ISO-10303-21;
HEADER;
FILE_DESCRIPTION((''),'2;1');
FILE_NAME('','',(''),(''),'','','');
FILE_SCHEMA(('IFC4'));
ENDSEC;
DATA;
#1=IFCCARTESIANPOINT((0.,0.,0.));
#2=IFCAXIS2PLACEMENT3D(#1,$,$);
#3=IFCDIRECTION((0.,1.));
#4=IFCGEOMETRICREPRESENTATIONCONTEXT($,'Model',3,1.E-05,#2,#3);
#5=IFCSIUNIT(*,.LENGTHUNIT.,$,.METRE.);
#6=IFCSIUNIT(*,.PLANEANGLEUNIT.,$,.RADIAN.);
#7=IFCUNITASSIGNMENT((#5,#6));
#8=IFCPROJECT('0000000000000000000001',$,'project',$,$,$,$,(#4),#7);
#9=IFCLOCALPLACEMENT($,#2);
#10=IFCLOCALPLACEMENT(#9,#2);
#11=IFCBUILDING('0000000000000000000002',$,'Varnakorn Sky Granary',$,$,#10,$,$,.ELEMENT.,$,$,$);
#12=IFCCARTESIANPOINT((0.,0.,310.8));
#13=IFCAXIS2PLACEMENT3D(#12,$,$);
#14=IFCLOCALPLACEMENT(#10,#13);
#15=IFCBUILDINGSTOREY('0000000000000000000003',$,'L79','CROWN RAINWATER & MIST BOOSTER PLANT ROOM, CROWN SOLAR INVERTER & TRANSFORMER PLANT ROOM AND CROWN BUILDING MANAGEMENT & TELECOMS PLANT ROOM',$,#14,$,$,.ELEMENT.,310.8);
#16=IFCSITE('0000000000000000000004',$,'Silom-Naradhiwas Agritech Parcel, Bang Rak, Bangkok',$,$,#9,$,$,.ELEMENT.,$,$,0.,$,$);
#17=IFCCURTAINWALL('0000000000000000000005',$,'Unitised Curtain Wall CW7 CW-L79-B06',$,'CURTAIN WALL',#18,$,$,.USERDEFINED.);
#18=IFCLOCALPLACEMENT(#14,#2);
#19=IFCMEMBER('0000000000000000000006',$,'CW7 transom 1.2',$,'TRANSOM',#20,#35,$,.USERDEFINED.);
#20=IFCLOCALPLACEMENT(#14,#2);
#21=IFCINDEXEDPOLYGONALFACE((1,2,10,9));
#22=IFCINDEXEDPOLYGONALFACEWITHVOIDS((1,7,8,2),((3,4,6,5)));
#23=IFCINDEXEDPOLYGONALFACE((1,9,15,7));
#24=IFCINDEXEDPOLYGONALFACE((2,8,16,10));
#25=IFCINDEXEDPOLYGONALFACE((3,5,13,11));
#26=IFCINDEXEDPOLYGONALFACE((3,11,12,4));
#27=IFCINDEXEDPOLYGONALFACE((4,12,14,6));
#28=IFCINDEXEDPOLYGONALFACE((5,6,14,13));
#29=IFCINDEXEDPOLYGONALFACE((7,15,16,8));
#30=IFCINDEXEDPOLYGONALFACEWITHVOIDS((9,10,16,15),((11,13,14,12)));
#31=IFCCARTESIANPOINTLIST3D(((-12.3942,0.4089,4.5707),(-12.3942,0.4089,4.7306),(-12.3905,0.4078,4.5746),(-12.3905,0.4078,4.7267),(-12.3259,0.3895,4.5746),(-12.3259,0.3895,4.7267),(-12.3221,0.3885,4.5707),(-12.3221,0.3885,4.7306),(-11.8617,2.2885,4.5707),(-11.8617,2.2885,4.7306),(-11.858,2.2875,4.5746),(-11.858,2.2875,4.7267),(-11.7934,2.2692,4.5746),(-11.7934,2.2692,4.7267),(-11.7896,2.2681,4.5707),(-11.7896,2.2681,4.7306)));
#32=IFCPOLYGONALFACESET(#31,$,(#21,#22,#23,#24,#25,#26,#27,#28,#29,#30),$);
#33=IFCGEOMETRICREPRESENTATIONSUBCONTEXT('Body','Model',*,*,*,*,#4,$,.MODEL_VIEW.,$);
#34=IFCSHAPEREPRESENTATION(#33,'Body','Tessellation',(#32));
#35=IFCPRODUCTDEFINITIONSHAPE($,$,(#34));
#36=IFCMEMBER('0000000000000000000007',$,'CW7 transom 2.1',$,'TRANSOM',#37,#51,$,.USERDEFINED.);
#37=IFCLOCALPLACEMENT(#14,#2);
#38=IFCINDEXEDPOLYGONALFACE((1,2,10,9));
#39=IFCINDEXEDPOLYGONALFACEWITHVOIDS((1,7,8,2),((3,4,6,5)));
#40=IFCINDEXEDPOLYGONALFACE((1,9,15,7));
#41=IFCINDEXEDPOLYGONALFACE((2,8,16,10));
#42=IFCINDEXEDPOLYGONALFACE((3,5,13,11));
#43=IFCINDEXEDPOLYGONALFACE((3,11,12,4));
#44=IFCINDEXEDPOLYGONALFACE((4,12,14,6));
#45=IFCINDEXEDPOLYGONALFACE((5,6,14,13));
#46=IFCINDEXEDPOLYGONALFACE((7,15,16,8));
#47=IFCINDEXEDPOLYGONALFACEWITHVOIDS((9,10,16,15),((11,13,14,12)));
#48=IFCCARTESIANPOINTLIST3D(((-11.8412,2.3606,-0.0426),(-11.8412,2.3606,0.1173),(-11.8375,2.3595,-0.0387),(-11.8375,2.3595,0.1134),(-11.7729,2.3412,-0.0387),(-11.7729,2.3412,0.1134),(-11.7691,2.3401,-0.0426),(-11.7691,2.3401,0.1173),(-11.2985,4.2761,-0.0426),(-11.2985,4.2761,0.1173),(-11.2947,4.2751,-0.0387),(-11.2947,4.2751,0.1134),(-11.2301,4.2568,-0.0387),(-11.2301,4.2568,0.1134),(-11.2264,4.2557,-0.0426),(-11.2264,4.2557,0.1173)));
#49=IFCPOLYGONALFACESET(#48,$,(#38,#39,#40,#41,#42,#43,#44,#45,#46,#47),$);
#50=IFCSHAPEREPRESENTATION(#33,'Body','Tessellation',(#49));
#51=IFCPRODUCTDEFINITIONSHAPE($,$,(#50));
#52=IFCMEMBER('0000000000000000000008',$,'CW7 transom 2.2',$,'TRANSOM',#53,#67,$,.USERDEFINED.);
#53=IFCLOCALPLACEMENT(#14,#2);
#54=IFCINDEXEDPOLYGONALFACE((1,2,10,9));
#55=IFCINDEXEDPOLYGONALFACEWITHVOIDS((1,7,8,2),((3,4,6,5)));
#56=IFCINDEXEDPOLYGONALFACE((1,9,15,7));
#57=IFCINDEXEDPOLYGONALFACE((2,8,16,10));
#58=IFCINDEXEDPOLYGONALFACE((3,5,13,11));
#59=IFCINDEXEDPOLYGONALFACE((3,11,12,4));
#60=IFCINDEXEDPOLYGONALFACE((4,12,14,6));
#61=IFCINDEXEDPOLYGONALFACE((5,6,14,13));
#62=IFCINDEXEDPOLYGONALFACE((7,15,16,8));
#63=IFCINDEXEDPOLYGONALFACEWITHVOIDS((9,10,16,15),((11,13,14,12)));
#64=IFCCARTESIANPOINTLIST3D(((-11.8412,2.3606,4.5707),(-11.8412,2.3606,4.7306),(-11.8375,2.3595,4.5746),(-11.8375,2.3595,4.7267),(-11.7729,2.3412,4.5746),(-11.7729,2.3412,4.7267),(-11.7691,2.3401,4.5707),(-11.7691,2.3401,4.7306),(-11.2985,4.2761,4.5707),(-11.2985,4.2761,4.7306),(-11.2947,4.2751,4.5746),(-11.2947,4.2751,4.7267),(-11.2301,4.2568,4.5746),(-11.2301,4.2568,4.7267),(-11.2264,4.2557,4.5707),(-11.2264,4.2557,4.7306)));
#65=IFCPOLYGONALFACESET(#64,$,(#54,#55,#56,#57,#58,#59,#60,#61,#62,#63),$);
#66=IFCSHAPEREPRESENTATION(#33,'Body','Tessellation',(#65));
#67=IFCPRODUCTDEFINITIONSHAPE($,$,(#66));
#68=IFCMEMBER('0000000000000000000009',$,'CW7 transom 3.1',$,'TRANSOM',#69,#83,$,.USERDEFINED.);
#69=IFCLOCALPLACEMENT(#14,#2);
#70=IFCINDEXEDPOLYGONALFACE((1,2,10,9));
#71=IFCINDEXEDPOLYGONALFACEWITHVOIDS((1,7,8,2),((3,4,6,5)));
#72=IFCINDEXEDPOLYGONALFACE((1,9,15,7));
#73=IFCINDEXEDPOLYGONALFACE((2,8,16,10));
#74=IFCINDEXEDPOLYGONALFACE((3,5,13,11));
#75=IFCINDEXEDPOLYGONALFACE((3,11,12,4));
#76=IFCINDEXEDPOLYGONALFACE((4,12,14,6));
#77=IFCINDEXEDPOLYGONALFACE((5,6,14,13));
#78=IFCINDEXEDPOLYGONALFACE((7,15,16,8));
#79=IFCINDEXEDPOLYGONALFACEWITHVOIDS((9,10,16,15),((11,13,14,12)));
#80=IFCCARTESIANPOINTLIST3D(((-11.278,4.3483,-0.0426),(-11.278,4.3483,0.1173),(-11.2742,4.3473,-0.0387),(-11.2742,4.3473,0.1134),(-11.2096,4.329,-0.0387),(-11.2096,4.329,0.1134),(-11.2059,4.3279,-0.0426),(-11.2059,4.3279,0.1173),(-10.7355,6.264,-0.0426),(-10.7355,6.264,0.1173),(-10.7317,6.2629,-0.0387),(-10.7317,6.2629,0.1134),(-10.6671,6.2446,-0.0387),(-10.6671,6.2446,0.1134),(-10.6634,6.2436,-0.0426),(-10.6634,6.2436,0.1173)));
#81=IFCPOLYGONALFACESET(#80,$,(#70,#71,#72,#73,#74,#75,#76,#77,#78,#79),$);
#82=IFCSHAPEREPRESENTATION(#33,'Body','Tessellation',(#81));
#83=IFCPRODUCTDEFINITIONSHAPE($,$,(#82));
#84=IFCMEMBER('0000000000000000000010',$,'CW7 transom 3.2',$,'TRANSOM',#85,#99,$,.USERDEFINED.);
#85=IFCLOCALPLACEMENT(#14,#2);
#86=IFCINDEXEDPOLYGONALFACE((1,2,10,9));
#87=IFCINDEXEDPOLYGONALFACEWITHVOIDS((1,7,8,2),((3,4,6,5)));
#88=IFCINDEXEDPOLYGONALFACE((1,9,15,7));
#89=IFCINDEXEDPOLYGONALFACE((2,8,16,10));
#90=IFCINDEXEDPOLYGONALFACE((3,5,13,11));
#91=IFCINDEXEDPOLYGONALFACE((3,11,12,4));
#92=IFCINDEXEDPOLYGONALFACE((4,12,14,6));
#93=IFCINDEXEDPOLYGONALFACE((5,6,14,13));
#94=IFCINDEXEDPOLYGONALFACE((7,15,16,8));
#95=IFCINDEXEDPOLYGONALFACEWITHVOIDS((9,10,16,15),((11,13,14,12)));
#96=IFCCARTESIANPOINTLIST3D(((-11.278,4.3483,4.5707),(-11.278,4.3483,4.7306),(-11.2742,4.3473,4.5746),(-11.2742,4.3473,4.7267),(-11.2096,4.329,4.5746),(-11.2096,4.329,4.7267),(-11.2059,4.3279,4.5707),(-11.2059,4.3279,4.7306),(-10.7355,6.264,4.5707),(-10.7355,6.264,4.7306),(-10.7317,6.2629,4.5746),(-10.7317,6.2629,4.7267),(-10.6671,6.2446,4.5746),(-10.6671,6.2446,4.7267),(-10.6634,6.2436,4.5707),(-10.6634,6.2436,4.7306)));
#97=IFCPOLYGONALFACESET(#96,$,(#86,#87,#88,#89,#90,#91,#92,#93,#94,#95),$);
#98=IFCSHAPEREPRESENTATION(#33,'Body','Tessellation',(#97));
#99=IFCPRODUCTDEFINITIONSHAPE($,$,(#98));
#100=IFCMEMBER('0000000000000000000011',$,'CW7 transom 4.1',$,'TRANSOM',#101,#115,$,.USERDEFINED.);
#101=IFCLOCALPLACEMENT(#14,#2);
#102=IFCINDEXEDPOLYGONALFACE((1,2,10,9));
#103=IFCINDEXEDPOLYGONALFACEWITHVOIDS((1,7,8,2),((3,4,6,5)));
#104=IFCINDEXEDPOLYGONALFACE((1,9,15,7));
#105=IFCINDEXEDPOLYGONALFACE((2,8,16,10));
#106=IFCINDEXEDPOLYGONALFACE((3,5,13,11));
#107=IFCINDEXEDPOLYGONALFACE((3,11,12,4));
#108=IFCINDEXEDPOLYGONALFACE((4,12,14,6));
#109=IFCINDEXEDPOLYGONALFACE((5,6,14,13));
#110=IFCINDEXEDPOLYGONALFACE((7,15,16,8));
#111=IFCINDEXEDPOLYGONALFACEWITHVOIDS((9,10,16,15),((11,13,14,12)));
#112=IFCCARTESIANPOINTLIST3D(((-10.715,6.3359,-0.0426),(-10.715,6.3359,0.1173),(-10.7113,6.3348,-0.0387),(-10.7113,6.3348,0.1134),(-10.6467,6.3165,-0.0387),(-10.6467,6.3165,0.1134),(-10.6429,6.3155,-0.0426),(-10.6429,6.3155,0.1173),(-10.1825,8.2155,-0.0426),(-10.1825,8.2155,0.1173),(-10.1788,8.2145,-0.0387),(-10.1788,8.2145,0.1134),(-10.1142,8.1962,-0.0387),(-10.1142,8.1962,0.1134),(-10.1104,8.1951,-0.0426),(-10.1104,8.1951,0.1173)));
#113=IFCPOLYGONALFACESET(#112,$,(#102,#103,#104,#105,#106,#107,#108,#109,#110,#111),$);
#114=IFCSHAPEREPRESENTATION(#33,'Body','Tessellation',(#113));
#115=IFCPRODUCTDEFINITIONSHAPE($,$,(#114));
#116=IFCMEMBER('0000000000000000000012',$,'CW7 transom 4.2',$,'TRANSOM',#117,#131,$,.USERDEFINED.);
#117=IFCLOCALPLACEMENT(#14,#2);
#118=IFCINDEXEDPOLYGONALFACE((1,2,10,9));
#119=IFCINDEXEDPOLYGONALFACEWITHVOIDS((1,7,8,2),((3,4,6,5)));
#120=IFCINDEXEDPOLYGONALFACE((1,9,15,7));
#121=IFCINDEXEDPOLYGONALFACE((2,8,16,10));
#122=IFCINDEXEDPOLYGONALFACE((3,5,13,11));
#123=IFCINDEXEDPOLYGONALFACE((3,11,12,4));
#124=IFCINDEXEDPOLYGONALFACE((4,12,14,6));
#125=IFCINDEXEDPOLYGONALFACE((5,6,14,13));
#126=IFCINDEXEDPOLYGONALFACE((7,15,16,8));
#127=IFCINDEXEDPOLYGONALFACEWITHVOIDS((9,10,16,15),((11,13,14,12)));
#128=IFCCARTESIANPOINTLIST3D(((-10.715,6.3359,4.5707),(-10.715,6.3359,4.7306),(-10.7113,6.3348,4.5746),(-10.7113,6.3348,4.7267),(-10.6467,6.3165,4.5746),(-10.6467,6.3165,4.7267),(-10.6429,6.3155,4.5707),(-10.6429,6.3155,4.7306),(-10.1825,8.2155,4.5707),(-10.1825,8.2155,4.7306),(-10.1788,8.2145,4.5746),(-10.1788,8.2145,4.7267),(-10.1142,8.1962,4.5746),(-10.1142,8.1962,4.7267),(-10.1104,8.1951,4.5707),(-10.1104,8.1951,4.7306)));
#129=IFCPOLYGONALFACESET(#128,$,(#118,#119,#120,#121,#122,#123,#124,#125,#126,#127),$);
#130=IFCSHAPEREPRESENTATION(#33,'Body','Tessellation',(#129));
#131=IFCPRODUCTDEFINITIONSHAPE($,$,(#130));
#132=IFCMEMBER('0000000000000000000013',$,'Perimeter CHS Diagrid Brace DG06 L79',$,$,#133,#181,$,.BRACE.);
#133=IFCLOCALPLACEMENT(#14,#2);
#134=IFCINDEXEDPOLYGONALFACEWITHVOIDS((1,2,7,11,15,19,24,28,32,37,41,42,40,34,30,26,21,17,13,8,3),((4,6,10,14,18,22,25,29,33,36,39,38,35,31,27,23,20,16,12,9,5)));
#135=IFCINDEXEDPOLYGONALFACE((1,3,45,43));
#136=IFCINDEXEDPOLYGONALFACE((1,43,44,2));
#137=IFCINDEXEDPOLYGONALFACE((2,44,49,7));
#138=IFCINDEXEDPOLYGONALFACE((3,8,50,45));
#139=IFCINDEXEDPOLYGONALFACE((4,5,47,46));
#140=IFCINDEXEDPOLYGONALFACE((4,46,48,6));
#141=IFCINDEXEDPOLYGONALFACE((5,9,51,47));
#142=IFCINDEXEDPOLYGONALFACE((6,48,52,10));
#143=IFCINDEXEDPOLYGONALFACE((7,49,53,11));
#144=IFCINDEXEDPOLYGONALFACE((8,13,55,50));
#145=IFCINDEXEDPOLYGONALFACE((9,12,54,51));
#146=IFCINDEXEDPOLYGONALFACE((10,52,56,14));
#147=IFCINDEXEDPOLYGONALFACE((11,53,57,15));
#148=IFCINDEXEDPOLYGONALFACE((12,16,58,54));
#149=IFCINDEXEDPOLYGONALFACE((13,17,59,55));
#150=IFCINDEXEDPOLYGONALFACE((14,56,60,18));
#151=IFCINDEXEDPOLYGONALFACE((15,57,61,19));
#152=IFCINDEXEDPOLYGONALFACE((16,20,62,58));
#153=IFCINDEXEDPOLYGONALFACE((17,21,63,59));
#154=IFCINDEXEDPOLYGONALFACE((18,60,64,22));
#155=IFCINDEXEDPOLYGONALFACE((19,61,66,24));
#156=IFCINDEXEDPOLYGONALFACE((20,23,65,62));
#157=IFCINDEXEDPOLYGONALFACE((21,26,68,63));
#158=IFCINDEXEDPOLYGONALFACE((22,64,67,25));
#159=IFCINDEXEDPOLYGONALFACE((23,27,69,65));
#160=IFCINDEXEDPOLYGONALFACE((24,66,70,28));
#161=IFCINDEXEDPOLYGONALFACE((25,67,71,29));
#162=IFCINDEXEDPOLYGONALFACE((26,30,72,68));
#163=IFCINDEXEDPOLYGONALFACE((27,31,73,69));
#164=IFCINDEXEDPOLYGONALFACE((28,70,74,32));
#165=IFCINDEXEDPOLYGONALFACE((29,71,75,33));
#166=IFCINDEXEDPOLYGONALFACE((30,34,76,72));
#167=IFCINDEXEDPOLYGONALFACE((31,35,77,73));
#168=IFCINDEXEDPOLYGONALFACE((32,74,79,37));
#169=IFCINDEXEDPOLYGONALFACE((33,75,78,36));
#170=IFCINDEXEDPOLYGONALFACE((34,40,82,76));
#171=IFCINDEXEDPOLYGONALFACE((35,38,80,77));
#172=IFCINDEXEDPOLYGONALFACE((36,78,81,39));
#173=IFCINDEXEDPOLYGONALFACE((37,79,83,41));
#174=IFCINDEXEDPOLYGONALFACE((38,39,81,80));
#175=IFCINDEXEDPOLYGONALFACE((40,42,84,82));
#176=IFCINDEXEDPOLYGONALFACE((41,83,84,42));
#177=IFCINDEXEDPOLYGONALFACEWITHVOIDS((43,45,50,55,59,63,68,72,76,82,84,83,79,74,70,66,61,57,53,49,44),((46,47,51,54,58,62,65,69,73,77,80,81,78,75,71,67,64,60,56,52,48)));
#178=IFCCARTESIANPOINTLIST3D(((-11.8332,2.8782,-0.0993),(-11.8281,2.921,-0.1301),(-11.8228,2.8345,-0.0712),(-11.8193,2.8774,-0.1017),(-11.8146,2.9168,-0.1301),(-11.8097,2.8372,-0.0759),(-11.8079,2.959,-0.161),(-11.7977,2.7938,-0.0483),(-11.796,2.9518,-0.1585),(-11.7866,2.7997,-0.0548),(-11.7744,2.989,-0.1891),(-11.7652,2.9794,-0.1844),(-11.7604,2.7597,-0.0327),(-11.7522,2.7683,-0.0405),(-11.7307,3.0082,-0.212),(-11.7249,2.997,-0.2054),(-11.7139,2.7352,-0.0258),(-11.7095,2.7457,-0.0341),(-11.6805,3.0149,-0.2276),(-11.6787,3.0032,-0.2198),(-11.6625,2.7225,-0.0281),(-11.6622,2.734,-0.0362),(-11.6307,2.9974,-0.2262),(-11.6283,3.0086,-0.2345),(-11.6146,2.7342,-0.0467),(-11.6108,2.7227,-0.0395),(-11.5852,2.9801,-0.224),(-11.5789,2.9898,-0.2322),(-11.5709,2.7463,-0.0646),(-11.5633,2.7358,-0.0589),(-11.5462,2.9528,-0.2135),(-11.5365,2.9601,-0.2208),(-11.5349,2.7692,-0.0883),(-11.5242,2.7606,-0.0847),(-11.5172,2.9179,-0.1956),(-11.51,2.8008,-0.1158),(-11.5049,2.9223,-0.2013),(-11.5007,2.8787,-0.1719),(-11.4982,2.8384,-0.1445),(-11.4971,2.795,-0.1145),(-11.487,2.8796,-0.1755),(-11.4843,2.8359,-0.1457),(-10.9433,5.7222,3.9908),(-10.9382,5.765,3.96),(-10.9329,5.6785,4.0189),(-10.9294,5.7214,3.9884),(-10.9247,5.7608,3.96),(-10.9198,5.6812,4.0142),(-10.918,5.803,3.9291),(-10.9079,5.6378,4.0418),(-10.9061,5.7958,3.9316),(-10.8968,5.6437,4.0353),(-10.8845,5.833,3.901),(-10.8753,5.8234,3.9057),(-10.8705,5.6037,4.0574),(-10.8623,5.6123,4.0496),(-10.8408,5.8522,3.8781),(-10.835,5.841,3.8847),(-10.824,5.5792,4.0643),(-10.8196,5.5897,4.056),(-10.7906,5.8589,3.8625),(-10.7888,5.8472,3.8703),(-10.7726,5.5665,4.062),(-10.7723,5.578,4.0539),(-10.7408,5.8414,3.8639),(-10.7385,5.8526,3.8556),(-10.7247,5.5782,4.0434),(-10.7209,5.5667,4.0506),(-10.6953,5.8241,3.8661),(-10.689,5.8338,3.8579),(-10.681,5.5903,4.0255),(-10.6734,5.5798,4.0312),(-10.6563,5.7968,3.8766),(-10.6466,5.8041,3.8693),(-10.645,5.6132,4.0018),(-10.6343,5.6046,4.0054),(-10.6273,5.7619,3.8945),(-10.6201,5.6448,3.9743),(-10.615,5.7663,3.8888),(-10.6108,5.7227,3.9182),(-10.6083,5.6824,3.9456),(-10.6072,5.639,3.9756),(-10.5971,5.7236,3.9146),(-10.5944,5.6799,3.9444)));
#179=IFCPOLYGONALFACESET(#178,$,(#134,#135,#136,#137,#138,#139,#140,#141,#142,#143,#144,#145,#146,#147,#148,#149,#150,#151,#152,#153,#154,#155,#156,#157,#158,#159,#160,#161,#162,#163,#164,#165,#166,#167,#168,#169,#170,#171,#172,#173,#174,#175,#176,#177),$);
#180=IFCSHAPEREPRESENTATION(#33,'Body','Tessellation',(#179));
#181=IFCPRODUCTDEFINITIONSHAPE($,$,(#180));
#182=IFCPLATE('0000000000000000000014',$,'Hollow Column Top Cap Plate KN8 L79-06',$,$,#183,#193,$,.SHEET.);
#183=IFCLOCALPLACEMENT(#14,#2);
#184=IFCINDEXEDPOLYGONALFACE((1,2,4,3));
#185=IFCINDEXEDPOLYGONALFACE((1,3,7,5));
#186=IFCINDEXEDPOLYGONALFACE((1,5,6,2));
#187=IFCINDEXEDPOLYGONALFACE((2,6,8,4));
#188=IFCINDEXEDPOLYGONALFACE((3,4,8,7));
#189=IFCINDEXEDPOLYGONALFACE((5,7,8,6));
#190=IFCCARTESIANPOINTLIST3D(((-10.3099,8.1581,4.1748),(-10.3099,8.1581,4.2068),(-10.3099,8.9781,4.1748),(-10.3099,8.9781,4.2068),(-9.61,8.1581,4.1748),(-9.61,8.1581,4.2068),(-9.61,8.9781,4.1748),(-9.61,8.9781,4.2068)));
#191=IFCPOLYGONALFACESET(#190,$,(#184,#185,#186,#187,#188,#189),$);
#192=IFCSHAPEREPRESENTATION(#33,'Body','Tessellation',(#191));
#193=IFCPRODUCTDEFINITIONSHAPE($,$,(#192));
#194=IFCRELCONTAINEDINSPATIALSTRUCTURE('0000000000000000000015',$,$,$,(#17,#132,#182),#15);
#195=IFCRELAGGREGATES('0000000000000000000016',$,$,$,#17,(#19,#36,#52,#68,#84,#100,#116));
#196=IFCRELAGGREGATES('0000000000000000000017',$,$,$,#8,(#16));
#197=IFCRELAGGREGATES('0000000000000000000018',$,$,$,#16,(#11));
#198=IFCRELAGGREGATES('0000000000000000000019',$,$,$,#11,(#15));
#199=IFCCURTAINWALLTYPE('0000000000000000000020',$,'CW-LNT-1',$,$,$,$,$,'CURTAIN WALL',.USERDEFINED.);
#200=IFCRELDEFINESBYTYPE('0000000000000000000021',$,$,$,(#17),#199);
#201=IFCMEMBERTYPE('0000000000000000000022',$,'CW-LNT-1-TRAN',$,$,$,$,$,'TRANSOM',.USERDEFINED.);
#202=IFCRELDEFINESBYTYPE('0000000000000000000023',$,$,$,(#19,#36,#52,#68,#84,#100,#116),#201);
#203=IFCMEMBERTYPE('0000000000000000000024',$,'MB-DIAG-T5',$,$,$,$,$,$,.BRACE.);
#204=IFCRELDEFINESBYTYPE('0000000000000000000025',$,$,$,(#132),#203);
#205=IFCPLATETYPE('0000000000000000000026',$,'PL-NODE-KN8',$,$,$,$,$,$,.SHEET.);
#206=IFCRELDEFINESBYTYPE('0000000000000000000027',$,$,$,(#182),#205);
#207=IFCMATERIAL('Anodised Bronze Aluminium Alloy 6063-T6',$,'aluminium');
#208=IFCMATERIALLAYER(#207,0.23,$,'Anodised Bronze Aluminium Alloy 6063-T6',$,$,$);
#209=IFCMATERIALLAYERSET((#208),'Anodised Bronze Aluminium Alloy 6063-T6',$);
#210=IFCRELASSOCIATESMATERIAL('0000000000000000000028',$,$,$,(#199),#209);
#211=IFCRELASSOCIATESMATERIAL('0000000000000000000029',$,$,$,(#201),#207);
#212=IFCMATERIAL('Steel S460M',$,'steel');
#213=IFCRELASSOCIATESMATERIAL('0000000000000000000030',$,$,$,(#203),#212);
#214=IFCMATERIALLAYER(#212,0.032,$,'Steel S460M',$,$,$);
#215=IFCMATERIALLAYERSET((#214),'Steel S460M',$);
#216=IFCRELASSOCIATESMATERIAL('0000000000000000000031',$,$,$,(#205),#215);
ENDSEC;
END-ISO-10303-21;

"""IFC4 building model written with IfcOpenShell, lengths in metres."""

from ifc_helpers import new_model, si_unit, direction, frame, origin, origin_2d, place, context, subcontext, project, spatial, rectangle, hollow_rectangle, hollow_circle, extrude, material, layer, layer_set, material_profile, profile_set, type_object, element, aggregate, save


model = new_model("IFC4")

# Units and contexts
model_context = context("Model", 3, precision=1e-05, world=origin(), true_north=direction((0.0, 1.0)))
body_context = subcontext(model_context, "Body", "Model", "MODEL_VIEW")
ifc_project = project(units=[si_unit("LENGTHUNIT", "METRE"), si_unit("PLANEANGLEUNIT", "RADIAN")], contexts=[model_context])

# Site, building, storey
site_placement = place(None, origin())
site = spatial("IfcSite", under=ifc_project, at=site_placement, Name="Silom-Naradhiwas Agritech Parcel, Bang Rak, Bangkok", CompositionType="ELEMENT", RefElevation=0.0)
building_placement = place(site_placement, origin())
building = spatial("IfcBuilding", under=site, at=building_placement, Name="Varnakorn Sky Granary", CompositionType="ELEMENT")
storey_placement = place(building_placement, frame((0.0, 0.0, 310.8)))
storey = spatial("IfcBuildingStorey", under=building, at=storey_placement, Name="L79", Description="CROWN RAINWATER & MIST BOOSTER PLANT ROOM, CROWN SOLAR INVERTER & TRANSFORMER PLANT ROOM AND CROWN BUILDING MANAGEMENT & TELECOMS PLANT ROOM", CompositionType="ELEMENT", Elevation=310.8)

# Shared definitions
ifc_material_1 = material(Name="Steel S460M", Category="steel")

# Shared definitions
ifc_material_2 = material(Name="Anodised Bronze Aluminium Alloy 6063-T6", Category="aluminium")
ifc_layer_1 = layer(ifc_material_2, 0.23, Name="Anodised Bronze Aluminium Alloy 6063-T6")
ifc_layer_set_1 = layer_set([ifc_layer_1], Name="Anodised Bronze Aluminium Alloy 6063-T6")
curtain_wall_type = type_object("IfcCurtainWallType", Name="CW-LNT-1", ElementType="CURTAIN WALL", PredefinedType="USERDEFINED", material=ifc_layer_set_1)

# Curtain wall, members
curtain_wall_1_placement = place(storey_placement, origin())
curtain_wall_1 = element("IfcCurtainWall", 1, at=curtain_wall_1_placement, inside=storey, type_object=curtain_wall_type, Name="Unitised Curtain Wall CW7 CW-L79-B06", ObjectType="CURTAIN WALL", PredefinedType="USERDEFINED")
ifc_material_profile_1 = material_profile(ifc_material_2, hollow_rectangle(XDim=0.075, YDim=0.1599, WallThickness=0.0039, at=origin_2d()), Name="ALU TRAN 75x160")
ifc_profile_set_1 = profile_set([ifc_material_profile_1], Name="Anodised Bronze Aluminium Alloy 6063-T6")
member_type_1 = type_object("IfcMemberType", Name="CW-LNT-1-TRAN", ElementType="TRANSOM", PredefinedType="USERDEFINED", material=ifc_profile_set_1)
member_1_placement = place(storey_placement, frame((-12.3582, 0.3987, 4.6506), z_axis=(0.272558, 0.962139, 0.0), x_axis=(-0.962139, 0.272558, 0.0)))
member_1 = element("IfcMember", 2, at=member_1_placement, type_object=member_type_1, Name="CW7 transom 1.2", ObjectType="TRANSOM", PredefinedType="USERDEFINED", context=body_context, shape_type="SweptSolid", body=[
    extrude(hollow_rectangle(XDim=0.075, YDim=0.1599, WallThickness=0.0039, at=origin_2d()), origin(), (0.0, 0.0, 1.0), 1.9536),
])
member_2_placement = place(storey_placement, frame((-11.8052, 2.3503, 0.0374), z_axis=(0.272599, 0.962128, 0.0), x_axis=(-0.962128, 0.272599, 0.0)))
member_2 = element("IfcMember", 3, at=member_2_placement, type_object=member_type_1, Name="CW7 transom 2.1", ObjectType="TRANSOM", PredefinedType="USERDEFINED", context=body_context, shape_type="SweptSolid", body=[
    extrude(hollow_rectangle(XDim=0.075, YDim=0.1599, WallThickness=0.0039, at=origin_2d()), origin(), (0.0, 0.0, 1.0), 1.991),
])
member_3_placement = place(storey_placement, frame((-11.8052, 2.3503, 4.6506), z_axis=(0.272599, 0.962128, 0.0), x_axis=(-0.962128, 0.272599, 0.0)))
member_3 = element("IfcMember", 4, at=member_3_placement, type_object=member_type_1, Name="CW7 transom 2.2", ObjectType="TRANSOM", PredefinedType="USERDEFINED", context=body_context, shape_type="SweptSolid", body=[
    extrude(hollow_rectangle(XDim=0.075, YDim=0.1599, WallThickness=0.0039, at=origin_2d()), origin(), (0.0, 0.0, 1.0), 1.991),
])
member_4_placement = place(storey_placement, frame((-11.2419, 4.3381, 0.0374), z_axis=(0.272485, 0.96216, 0.0), x_axis=(-0.96216, 0.272485, 0.0)))
member_4 = element("IfcMember", 5, at=member_4_placement, type_object=member_type_1, Name="CW7 transom 3.1", ObjectType="TRANSOM", PredefinedType="USERDEFINED", context=body_context, shape_type="SweptSolid", body=[
    extrude(hollow_rectangle(XDim=0.075, YDim=0.1599, WallThickness=0.0039, at=origin_2d()), origin(), (0.0, 0.0, 1.0), 1.991),
])
member_5_placement = place(storey_placement, frame((-11.2419, 4.3381, 4.6506), z_axis=(0.272485, 0.96216, 0.0), x_axis=(-0.96216, 0.272485, 0.0)))
member_5 = element("IfcMember", 6, at=member_5_placement, type_object=member_type_1, Name="CW7 transom 3.2", ObjectType="TRANSOM", PredefinedType="USERDEFINED", context=body_context, shape_type="SweptSolid", body=[
    extrude(hollow_rectangle(XDim=0.075, YDim=0.1599, WallThickness=0.0039, at=origin_2d()), origin(), (0.0, 0.0, 1.0), 1.991),
])
member_6_placement = place(storey_placement, frame((-10.679, 6.3257, 0.0374), z_axis=(0.272558, 0.962139, 0.0), x_axis=(-0.962139, 0.272558, 0.0)))
member_6 = element("IfcMember", 7, at=member_6_placement, type_object=member_type_1, Name="CW7 transom 4.1", ObjectType="TRANSOM", PredefinedType="USERDEFINED", context=body_context, shape_type="SweptSolid", body=[
    extrude(hollow_rectangle(XDim=0.075, YDim=0.1599, WallThickness=0.0039, at=origin_2d()), origin(), (0.0, 0.0, 1.0), 1.9536),
])
member_7_placement = place(storey_placement, frame((-10.679, 6.3257, 4.6506), z_axis=(0.272558, 0.962139, 0.0), x_axis=(-0.962139, 0.272558, 0.0)))
member_7 = element("IfcMember", 8, at=member_7_placement, type_object=member_type_1, Name="CW7 transom 4.2", ObjectType="TRANSOM", PredefinedType="USERDEFINED", context=body_context, shape_type="SweptSolid", body=[
    extrude(hollow_rectangle(XDim=0.075, YDim=0.1599, WallThickness=0.0039, at=origin_2d()), origin(), (0.0, 0.0, 1.0), 1.9536),
])

# Member
ifc_material_profile_2 = material_profile(ifc_material_1, hollow_circle(Radius=0.1777, WallThickness=0.0142, at=origin_2d()), Name="CHS 355.6x14")
ifc_profile_set_2 = profile_set([ifc_material_profile_2], Name="Steel S460M")
member_type_2 = type_object("IfcMemberType", Name="MB-DIAG-T5", PredefinedType="BRACE", material=ifc_profile_set_2)
member_8_placement = place(storey_placement, frame((-11.6584, 2.8679, -0.1301), z_axis=(0.175849, 0.561995, 0.808232), x_axis=(-0.954371, 0.298625, 0.0)))
element("IfcMember", 9, at=member_8_placement, inside=storey, type_object=member_type_2, Name="Perimeter CHS Diagrid Brace DG06 L79", PredefinedType="BRACE", context=body_context, shape_type="SweptSolid", body=[
    extrude(hollow_circle(Radius=0.1777, WallThickness=0.0142, at=origin_2d()), origin(), (0.0, 0.0, 1.0), 5.0605),
])

# Plate
ifc_layer_2 = layer(ifc_material_1, 0.032, Name="Steel S460M")
ifc_layer_set_2 = layer_set([ifc_layer_2], Name="Steel S460M")
plate_type_1 = type_object("IfcPlateType", Name="PL-NODE-KN8", PredefinedType="SHEET", material=ifc_layer_set_2)
plate_1_placement = place(storey_placement, frame((-9.96, 8.5681, 4.1748), z_axis=(0.0, 0.0, 1.0), x_axis=(1.0, 0.0, 0.0)))
element("IfcPlate", 10, at=plate_1_placement, inside=storey, type_object=plate_type_1, Name="Hollow Column Top Cap Plate KN8 L79-06", PredefinedType="SHEET", context=body_context, shape_type="SweptSolid", body=[
    extrude(rectangle(XDim=0.7, YDim=0.8201, at=origin_2d()), origin(), (0.0, 0.0, 1.0), 0.032),
])
aggregate(curtain_wall_1, [member_1, member_2, member_3, member_4, member_5, member_6, member_7])

save(model, "model.ifc")
